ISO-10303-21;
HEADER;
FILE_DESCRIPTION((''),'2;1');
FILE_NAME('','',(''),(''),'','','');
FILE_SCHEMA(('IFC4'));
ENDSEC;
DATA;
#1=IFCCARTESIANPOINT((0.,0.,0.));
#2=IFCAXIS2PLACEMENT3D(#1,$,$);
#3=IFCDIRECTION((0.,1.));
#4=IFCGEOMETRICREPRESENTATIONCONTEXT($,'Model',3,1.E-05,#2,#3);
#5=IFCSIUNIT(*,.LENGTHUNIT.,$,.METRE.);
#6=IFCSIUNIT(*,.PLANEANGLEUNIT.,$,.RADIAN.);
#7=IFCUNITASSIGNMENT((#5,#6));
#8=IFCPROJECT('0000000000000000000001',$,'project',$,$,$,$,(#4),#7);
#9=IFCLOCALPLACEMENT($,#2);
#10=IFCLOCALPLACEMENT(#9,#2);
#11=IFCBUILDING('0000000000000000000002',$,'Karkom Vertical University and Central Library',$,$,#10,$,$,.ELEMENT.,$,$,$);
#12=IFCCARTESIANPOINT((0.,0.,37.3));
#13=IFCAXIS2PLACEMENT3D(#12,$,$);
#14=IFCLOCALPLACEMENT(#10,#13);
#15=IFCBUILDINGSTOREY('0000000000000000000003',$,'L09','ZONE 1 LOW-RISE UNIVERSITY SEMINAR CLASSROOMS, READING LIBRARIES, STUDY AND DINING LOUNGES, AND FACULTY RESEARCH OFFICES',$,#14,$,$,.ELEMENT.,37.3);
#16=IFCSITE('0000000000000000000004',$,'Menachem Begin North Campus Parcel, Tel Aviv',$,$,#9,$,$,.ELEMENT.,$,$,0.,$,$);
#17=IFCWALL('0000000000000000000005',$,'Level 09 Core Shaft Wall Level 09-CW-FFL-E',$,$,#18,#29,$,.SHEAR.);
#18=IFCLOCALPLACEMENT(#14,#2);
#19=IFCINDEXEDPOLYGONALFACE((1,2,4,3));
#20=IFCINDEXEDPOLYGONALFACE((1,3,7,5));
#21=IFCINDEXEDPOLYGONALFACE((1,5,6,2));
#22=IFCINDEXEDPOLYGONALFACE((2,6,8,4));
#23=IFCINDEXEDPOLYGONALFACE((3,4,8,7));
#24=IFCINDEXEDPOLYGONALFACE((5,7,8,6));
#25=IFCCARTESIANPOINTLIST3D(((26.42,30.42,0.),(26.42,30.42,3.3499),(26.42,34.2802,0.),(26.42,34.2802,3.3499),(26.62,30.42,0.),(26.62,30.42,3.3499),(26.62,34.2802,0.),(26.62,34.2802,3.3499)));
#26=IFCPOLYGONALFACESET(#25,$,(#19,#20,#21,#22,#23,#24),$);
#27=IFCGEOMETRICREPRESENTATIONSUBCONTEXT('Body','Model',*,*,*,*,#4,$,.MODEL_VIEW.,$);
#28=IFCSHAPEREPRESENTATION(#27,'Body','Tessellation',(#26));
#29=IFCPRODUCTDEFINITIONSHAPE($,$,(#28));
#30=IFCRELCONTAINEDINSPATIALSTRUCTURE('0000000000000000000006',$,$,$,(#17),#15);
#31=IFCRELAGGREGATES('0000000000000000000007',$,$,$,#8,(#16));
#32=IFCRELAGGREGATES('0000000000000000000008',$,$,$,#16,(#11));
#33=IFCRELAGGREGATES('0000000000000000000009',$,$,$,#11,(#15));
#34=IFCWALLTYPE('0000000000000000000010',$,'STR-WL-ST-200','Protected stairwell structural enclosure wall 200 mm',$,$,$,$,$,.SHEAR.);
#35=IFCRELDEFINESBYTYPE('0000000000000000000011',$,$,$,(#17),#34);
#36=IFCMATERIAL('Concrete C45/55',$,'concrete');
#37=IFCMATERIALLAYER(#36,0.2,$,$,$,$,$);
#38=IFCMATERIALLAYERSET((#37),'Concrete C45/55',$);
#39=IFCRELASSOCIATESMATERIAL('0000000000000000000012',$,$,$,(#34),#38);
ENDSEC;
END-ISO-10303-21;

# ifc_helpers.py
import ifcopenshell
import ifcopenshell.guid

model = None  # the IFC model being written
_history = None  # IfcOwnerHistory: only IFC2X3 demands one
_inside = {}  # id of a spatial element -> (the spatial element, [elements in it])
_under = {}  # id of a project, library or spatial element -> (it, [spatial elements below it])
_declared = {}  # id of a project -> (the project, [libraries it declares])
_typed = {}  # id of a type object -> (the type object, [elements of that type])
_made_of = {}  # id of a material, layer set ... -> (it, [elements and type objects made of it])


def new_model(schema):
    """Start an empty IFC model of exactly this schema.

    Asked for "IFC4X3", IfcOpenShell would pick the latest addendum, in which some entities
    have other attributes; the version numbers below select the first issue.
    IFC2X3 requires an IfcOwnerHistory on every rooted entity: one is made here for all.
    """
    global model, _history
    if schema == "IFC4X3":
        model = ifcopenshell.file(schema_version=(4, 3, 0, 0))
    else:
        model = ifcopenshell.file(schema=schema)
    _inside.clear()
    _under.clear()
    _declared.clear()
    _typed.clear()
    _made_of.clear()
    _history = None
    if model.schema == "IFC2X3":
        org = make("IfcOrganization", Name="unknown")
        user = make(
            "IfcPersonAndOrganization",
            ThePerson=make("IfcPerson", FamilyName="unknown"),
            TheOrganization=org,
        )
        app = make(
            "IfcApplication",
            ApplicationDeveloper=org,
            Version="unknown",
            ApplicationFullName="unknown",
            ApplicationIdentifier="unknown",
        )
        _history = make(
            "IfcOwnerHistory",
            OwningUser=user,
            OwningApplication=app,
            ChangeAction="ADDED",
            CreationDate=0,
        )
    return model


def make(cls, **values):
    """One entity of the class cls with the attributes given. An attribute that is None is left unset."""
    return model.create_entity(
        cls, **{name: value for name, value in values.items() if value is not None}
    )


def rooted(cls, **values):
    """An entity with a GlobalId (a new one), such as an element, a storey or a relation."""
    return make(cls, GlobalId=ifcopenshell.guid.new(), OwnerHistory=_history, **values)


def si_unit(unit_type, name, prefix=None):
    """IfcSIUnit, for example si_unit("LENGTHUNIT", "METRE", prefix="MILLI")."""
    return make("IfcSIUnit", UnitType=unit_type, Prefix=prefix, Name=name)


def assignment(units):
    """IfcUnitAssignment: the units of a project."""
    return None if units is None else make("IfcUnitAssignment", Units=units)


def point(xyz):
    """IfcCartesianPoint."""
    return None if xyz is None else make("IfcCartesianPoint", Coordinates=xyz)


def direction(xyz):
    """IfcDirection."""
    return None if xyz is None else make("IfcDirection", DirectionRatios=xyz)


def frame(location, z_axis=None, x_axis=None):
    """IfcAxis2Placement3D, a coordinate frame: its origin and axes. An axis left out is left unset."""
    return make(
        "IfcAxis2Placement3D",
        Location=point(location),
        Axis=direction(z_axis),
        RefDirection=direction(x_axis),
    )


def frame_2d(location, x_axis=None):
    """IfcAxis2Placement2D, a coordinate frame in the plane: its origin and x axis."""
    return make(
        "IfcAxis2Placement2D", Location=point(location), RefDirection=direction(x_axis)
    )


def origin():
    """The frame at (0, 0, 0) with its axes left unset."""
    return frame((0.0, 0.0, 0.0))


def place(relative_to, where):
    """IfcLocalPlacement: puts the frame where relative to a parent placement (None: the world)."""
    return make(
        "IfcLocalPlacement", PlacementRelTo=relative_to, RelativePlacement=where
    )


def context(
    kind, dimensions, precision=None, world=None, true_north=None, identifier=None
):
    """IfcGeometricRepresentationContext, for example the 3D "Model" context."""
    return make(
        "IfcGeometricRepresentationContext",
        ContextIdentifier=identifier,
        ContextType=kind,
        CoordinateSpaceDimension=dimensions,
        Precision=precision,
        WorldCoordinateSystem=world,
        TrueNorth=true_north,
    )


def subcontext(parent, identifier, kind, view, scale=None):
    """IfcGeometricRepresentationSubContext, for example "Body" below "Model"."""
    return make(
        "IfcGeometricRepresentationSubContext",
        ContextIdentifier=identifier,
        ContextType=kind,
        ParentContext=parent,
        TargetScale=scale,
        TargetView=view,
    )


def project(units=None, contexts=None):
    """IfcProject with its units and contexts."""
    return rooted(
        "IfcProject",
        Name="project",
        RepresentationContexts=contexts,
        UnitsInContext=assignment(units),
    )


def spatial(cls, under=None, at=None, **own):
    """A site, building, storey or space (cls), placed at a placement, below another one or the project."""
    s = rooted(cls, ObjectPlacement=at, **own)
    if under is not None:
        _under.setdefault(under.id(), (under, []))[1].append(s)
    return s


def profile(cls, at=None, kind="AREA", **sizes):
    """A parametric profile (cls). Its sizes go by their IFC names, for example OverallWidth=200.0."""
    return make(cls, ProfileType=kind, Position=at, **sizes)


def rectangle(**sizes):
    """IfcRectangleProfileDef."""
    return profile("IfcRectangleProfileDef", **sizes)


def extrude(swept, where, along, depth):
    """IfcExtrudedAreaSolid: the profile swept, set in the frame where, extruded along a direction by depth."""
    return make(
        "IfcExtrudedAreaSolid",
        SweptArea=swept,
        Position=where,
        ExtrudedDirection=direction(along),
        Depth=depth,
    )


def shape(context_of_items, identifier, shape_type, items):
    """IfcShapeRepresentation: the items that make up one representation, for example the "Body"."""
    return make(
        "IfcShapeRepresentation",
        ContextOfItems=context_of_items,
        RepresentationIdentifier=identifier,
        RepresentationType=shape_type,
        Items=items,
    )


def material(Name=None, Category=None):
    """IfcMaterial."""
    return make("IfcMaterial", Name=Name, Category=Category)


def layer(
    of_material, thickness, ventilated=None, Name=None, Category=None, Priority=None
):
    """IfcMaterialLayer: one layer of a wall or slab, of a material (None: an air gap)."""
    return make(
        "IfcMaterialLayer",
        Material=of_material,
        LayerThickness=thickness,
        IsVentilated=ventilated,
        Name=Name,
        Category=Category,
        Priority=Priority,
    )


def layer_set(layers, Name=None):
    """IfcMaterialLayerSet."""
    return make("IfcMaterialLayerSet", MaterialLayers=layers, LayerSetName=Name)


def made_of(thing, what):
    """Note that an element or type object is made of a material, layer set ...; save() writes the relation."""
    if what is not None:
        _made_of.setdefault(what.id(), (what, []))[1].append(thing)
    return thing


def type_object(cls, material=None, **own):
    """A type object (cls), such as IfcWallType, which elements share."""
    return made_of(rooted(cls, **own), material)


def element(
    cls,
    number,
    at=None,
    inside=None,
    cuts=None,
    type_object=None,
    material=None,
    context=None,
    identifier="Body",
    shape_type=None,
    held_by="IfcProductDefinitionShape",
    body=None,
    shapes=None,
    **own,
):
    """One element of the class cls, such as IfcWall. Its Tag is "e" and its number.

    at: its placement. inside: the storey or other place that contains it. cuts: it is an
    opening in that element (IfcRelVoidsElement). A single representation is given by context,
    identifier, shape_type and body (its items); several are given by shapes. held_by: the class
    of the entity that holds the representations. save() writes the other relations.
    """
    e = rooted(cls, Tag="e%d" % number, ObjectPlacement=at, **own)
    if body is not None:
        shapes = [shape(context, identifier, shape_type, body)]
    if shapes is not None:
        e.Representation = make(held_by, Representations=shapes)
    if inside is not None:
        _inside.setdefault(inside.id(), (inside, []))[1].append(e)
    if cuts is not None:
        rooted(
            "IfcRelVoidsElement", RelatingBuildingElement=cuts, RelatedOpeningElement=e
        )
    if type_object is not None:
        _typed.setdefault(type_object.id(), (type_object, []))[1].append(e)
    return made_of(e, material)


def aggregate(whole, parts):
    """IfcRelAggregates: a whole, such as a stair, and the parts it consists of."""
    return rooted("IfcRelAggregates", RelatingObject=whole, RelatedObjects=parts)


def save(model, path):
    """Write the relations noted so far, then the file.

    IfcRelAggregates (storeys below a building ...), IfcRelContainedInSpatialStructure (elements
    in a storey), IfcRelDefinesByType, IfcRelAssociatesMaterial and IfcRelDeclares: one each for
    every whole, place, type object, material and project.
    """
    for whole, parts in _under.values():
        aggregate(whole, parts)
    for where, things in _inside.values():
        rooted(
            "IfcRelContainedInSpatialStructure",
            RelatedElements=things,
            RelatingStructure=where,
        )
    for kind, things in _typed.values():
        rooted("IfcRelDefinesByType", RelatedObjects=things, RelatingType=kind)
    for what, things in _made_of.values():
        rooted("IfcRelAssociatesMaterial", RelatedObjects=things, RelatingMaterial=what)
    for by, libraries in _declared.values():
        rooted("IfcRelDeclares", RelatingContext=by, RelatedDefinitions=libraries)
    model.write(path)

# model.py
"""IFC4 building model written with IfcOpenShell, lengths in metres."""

from ifc_helpers import new_model, si_unit, direction, frame, frame_2d, origin, place, context, subcontext, project, spatial, rectangle, extrude, material, layer, layer_set, type_object, element, save


model = new_model("IFC4")

# Units and contexts
model_context = context("Model", 3, precision=1e-05, world=origin(), true_north=direction((0.0, 1.0)))
body_context = subcontext(model_context, "Body", "Model", "MODEL_VIEW")
ifc_project = project(units=[si_unit("LENGTHUNIT", "METRE"), si_unit("PLANEANGLEUNIT", "RADIAN")], contexts=[model_context])

# Site, building, storey
site_placement = place(None, origin())
site = spatial("IfcSite", under=ifc_project, at=site_placement, Name="Menachem Begin North Campus Parcel, Tel Aviv", CompositionType="ELEMENT", RefElevation=0.0)
building_placement = place(site_placement, origin())
building = spatial("IfcBuilding", under=site, at=building_placement, Name="Karkom Vertical University and Central Library", CompositionType="ELEMENT")
storey_placement = place(building_placement, frame((0.0, 0.0, 37.3)))
storey = spatial("IfcBuildingStorey", under=building, at=storey_placement, Name="L09", Description="ZONE 1 LOW-RISE UNIVERSITY SEMINAR CLASSROOMS, READING LIBRARIES, STUDY AND DINING LOUNGES, AND FACULTY RESEARCH OFFICES", CompositionType="ELEMENT", Elevation=37.3)

# Wall
ifc_material_1 = material(Name="Concrete C45/55", Category="concrete")
ifc_layer_1 = layer(ifc_material_1, 0.2)
ifc_layer_set_1 = layer_set([ifc_layer_1], Name="Concrete C45/55")
wall_type_1 = type_object("IfcWallType", Name="STR-WL-ST-200", Description="Protected stairwell structural enclosure wall 200 mm", PredefinedType="SHEAR", material=ifc_layer_set_1)
wall_1_placement = place(storey_placement, frame((26.52, 30.4199, 0.0), z_axis=(0.0, 0.0, 1.0), x_axis=(0.0, 1.0, 0.0)))
element("IfcWall", 1, at=wall_1_placement, inside=storey, type_object=wall_type_1, Name="Level 09 Core Shaft Wall Level 09-CW-FFL-E", PredefinedType="SHEAR", context=body_context, shape_type="SweptSolid", body=[
    extrude(rectangle(XDim=3.8601, YDim=0.2, at=frame_2d((1.9302, 0.0))), origin(), (0.0, 0.0, 1.0), 3.3499),
])

save(model, "model.ifc")
